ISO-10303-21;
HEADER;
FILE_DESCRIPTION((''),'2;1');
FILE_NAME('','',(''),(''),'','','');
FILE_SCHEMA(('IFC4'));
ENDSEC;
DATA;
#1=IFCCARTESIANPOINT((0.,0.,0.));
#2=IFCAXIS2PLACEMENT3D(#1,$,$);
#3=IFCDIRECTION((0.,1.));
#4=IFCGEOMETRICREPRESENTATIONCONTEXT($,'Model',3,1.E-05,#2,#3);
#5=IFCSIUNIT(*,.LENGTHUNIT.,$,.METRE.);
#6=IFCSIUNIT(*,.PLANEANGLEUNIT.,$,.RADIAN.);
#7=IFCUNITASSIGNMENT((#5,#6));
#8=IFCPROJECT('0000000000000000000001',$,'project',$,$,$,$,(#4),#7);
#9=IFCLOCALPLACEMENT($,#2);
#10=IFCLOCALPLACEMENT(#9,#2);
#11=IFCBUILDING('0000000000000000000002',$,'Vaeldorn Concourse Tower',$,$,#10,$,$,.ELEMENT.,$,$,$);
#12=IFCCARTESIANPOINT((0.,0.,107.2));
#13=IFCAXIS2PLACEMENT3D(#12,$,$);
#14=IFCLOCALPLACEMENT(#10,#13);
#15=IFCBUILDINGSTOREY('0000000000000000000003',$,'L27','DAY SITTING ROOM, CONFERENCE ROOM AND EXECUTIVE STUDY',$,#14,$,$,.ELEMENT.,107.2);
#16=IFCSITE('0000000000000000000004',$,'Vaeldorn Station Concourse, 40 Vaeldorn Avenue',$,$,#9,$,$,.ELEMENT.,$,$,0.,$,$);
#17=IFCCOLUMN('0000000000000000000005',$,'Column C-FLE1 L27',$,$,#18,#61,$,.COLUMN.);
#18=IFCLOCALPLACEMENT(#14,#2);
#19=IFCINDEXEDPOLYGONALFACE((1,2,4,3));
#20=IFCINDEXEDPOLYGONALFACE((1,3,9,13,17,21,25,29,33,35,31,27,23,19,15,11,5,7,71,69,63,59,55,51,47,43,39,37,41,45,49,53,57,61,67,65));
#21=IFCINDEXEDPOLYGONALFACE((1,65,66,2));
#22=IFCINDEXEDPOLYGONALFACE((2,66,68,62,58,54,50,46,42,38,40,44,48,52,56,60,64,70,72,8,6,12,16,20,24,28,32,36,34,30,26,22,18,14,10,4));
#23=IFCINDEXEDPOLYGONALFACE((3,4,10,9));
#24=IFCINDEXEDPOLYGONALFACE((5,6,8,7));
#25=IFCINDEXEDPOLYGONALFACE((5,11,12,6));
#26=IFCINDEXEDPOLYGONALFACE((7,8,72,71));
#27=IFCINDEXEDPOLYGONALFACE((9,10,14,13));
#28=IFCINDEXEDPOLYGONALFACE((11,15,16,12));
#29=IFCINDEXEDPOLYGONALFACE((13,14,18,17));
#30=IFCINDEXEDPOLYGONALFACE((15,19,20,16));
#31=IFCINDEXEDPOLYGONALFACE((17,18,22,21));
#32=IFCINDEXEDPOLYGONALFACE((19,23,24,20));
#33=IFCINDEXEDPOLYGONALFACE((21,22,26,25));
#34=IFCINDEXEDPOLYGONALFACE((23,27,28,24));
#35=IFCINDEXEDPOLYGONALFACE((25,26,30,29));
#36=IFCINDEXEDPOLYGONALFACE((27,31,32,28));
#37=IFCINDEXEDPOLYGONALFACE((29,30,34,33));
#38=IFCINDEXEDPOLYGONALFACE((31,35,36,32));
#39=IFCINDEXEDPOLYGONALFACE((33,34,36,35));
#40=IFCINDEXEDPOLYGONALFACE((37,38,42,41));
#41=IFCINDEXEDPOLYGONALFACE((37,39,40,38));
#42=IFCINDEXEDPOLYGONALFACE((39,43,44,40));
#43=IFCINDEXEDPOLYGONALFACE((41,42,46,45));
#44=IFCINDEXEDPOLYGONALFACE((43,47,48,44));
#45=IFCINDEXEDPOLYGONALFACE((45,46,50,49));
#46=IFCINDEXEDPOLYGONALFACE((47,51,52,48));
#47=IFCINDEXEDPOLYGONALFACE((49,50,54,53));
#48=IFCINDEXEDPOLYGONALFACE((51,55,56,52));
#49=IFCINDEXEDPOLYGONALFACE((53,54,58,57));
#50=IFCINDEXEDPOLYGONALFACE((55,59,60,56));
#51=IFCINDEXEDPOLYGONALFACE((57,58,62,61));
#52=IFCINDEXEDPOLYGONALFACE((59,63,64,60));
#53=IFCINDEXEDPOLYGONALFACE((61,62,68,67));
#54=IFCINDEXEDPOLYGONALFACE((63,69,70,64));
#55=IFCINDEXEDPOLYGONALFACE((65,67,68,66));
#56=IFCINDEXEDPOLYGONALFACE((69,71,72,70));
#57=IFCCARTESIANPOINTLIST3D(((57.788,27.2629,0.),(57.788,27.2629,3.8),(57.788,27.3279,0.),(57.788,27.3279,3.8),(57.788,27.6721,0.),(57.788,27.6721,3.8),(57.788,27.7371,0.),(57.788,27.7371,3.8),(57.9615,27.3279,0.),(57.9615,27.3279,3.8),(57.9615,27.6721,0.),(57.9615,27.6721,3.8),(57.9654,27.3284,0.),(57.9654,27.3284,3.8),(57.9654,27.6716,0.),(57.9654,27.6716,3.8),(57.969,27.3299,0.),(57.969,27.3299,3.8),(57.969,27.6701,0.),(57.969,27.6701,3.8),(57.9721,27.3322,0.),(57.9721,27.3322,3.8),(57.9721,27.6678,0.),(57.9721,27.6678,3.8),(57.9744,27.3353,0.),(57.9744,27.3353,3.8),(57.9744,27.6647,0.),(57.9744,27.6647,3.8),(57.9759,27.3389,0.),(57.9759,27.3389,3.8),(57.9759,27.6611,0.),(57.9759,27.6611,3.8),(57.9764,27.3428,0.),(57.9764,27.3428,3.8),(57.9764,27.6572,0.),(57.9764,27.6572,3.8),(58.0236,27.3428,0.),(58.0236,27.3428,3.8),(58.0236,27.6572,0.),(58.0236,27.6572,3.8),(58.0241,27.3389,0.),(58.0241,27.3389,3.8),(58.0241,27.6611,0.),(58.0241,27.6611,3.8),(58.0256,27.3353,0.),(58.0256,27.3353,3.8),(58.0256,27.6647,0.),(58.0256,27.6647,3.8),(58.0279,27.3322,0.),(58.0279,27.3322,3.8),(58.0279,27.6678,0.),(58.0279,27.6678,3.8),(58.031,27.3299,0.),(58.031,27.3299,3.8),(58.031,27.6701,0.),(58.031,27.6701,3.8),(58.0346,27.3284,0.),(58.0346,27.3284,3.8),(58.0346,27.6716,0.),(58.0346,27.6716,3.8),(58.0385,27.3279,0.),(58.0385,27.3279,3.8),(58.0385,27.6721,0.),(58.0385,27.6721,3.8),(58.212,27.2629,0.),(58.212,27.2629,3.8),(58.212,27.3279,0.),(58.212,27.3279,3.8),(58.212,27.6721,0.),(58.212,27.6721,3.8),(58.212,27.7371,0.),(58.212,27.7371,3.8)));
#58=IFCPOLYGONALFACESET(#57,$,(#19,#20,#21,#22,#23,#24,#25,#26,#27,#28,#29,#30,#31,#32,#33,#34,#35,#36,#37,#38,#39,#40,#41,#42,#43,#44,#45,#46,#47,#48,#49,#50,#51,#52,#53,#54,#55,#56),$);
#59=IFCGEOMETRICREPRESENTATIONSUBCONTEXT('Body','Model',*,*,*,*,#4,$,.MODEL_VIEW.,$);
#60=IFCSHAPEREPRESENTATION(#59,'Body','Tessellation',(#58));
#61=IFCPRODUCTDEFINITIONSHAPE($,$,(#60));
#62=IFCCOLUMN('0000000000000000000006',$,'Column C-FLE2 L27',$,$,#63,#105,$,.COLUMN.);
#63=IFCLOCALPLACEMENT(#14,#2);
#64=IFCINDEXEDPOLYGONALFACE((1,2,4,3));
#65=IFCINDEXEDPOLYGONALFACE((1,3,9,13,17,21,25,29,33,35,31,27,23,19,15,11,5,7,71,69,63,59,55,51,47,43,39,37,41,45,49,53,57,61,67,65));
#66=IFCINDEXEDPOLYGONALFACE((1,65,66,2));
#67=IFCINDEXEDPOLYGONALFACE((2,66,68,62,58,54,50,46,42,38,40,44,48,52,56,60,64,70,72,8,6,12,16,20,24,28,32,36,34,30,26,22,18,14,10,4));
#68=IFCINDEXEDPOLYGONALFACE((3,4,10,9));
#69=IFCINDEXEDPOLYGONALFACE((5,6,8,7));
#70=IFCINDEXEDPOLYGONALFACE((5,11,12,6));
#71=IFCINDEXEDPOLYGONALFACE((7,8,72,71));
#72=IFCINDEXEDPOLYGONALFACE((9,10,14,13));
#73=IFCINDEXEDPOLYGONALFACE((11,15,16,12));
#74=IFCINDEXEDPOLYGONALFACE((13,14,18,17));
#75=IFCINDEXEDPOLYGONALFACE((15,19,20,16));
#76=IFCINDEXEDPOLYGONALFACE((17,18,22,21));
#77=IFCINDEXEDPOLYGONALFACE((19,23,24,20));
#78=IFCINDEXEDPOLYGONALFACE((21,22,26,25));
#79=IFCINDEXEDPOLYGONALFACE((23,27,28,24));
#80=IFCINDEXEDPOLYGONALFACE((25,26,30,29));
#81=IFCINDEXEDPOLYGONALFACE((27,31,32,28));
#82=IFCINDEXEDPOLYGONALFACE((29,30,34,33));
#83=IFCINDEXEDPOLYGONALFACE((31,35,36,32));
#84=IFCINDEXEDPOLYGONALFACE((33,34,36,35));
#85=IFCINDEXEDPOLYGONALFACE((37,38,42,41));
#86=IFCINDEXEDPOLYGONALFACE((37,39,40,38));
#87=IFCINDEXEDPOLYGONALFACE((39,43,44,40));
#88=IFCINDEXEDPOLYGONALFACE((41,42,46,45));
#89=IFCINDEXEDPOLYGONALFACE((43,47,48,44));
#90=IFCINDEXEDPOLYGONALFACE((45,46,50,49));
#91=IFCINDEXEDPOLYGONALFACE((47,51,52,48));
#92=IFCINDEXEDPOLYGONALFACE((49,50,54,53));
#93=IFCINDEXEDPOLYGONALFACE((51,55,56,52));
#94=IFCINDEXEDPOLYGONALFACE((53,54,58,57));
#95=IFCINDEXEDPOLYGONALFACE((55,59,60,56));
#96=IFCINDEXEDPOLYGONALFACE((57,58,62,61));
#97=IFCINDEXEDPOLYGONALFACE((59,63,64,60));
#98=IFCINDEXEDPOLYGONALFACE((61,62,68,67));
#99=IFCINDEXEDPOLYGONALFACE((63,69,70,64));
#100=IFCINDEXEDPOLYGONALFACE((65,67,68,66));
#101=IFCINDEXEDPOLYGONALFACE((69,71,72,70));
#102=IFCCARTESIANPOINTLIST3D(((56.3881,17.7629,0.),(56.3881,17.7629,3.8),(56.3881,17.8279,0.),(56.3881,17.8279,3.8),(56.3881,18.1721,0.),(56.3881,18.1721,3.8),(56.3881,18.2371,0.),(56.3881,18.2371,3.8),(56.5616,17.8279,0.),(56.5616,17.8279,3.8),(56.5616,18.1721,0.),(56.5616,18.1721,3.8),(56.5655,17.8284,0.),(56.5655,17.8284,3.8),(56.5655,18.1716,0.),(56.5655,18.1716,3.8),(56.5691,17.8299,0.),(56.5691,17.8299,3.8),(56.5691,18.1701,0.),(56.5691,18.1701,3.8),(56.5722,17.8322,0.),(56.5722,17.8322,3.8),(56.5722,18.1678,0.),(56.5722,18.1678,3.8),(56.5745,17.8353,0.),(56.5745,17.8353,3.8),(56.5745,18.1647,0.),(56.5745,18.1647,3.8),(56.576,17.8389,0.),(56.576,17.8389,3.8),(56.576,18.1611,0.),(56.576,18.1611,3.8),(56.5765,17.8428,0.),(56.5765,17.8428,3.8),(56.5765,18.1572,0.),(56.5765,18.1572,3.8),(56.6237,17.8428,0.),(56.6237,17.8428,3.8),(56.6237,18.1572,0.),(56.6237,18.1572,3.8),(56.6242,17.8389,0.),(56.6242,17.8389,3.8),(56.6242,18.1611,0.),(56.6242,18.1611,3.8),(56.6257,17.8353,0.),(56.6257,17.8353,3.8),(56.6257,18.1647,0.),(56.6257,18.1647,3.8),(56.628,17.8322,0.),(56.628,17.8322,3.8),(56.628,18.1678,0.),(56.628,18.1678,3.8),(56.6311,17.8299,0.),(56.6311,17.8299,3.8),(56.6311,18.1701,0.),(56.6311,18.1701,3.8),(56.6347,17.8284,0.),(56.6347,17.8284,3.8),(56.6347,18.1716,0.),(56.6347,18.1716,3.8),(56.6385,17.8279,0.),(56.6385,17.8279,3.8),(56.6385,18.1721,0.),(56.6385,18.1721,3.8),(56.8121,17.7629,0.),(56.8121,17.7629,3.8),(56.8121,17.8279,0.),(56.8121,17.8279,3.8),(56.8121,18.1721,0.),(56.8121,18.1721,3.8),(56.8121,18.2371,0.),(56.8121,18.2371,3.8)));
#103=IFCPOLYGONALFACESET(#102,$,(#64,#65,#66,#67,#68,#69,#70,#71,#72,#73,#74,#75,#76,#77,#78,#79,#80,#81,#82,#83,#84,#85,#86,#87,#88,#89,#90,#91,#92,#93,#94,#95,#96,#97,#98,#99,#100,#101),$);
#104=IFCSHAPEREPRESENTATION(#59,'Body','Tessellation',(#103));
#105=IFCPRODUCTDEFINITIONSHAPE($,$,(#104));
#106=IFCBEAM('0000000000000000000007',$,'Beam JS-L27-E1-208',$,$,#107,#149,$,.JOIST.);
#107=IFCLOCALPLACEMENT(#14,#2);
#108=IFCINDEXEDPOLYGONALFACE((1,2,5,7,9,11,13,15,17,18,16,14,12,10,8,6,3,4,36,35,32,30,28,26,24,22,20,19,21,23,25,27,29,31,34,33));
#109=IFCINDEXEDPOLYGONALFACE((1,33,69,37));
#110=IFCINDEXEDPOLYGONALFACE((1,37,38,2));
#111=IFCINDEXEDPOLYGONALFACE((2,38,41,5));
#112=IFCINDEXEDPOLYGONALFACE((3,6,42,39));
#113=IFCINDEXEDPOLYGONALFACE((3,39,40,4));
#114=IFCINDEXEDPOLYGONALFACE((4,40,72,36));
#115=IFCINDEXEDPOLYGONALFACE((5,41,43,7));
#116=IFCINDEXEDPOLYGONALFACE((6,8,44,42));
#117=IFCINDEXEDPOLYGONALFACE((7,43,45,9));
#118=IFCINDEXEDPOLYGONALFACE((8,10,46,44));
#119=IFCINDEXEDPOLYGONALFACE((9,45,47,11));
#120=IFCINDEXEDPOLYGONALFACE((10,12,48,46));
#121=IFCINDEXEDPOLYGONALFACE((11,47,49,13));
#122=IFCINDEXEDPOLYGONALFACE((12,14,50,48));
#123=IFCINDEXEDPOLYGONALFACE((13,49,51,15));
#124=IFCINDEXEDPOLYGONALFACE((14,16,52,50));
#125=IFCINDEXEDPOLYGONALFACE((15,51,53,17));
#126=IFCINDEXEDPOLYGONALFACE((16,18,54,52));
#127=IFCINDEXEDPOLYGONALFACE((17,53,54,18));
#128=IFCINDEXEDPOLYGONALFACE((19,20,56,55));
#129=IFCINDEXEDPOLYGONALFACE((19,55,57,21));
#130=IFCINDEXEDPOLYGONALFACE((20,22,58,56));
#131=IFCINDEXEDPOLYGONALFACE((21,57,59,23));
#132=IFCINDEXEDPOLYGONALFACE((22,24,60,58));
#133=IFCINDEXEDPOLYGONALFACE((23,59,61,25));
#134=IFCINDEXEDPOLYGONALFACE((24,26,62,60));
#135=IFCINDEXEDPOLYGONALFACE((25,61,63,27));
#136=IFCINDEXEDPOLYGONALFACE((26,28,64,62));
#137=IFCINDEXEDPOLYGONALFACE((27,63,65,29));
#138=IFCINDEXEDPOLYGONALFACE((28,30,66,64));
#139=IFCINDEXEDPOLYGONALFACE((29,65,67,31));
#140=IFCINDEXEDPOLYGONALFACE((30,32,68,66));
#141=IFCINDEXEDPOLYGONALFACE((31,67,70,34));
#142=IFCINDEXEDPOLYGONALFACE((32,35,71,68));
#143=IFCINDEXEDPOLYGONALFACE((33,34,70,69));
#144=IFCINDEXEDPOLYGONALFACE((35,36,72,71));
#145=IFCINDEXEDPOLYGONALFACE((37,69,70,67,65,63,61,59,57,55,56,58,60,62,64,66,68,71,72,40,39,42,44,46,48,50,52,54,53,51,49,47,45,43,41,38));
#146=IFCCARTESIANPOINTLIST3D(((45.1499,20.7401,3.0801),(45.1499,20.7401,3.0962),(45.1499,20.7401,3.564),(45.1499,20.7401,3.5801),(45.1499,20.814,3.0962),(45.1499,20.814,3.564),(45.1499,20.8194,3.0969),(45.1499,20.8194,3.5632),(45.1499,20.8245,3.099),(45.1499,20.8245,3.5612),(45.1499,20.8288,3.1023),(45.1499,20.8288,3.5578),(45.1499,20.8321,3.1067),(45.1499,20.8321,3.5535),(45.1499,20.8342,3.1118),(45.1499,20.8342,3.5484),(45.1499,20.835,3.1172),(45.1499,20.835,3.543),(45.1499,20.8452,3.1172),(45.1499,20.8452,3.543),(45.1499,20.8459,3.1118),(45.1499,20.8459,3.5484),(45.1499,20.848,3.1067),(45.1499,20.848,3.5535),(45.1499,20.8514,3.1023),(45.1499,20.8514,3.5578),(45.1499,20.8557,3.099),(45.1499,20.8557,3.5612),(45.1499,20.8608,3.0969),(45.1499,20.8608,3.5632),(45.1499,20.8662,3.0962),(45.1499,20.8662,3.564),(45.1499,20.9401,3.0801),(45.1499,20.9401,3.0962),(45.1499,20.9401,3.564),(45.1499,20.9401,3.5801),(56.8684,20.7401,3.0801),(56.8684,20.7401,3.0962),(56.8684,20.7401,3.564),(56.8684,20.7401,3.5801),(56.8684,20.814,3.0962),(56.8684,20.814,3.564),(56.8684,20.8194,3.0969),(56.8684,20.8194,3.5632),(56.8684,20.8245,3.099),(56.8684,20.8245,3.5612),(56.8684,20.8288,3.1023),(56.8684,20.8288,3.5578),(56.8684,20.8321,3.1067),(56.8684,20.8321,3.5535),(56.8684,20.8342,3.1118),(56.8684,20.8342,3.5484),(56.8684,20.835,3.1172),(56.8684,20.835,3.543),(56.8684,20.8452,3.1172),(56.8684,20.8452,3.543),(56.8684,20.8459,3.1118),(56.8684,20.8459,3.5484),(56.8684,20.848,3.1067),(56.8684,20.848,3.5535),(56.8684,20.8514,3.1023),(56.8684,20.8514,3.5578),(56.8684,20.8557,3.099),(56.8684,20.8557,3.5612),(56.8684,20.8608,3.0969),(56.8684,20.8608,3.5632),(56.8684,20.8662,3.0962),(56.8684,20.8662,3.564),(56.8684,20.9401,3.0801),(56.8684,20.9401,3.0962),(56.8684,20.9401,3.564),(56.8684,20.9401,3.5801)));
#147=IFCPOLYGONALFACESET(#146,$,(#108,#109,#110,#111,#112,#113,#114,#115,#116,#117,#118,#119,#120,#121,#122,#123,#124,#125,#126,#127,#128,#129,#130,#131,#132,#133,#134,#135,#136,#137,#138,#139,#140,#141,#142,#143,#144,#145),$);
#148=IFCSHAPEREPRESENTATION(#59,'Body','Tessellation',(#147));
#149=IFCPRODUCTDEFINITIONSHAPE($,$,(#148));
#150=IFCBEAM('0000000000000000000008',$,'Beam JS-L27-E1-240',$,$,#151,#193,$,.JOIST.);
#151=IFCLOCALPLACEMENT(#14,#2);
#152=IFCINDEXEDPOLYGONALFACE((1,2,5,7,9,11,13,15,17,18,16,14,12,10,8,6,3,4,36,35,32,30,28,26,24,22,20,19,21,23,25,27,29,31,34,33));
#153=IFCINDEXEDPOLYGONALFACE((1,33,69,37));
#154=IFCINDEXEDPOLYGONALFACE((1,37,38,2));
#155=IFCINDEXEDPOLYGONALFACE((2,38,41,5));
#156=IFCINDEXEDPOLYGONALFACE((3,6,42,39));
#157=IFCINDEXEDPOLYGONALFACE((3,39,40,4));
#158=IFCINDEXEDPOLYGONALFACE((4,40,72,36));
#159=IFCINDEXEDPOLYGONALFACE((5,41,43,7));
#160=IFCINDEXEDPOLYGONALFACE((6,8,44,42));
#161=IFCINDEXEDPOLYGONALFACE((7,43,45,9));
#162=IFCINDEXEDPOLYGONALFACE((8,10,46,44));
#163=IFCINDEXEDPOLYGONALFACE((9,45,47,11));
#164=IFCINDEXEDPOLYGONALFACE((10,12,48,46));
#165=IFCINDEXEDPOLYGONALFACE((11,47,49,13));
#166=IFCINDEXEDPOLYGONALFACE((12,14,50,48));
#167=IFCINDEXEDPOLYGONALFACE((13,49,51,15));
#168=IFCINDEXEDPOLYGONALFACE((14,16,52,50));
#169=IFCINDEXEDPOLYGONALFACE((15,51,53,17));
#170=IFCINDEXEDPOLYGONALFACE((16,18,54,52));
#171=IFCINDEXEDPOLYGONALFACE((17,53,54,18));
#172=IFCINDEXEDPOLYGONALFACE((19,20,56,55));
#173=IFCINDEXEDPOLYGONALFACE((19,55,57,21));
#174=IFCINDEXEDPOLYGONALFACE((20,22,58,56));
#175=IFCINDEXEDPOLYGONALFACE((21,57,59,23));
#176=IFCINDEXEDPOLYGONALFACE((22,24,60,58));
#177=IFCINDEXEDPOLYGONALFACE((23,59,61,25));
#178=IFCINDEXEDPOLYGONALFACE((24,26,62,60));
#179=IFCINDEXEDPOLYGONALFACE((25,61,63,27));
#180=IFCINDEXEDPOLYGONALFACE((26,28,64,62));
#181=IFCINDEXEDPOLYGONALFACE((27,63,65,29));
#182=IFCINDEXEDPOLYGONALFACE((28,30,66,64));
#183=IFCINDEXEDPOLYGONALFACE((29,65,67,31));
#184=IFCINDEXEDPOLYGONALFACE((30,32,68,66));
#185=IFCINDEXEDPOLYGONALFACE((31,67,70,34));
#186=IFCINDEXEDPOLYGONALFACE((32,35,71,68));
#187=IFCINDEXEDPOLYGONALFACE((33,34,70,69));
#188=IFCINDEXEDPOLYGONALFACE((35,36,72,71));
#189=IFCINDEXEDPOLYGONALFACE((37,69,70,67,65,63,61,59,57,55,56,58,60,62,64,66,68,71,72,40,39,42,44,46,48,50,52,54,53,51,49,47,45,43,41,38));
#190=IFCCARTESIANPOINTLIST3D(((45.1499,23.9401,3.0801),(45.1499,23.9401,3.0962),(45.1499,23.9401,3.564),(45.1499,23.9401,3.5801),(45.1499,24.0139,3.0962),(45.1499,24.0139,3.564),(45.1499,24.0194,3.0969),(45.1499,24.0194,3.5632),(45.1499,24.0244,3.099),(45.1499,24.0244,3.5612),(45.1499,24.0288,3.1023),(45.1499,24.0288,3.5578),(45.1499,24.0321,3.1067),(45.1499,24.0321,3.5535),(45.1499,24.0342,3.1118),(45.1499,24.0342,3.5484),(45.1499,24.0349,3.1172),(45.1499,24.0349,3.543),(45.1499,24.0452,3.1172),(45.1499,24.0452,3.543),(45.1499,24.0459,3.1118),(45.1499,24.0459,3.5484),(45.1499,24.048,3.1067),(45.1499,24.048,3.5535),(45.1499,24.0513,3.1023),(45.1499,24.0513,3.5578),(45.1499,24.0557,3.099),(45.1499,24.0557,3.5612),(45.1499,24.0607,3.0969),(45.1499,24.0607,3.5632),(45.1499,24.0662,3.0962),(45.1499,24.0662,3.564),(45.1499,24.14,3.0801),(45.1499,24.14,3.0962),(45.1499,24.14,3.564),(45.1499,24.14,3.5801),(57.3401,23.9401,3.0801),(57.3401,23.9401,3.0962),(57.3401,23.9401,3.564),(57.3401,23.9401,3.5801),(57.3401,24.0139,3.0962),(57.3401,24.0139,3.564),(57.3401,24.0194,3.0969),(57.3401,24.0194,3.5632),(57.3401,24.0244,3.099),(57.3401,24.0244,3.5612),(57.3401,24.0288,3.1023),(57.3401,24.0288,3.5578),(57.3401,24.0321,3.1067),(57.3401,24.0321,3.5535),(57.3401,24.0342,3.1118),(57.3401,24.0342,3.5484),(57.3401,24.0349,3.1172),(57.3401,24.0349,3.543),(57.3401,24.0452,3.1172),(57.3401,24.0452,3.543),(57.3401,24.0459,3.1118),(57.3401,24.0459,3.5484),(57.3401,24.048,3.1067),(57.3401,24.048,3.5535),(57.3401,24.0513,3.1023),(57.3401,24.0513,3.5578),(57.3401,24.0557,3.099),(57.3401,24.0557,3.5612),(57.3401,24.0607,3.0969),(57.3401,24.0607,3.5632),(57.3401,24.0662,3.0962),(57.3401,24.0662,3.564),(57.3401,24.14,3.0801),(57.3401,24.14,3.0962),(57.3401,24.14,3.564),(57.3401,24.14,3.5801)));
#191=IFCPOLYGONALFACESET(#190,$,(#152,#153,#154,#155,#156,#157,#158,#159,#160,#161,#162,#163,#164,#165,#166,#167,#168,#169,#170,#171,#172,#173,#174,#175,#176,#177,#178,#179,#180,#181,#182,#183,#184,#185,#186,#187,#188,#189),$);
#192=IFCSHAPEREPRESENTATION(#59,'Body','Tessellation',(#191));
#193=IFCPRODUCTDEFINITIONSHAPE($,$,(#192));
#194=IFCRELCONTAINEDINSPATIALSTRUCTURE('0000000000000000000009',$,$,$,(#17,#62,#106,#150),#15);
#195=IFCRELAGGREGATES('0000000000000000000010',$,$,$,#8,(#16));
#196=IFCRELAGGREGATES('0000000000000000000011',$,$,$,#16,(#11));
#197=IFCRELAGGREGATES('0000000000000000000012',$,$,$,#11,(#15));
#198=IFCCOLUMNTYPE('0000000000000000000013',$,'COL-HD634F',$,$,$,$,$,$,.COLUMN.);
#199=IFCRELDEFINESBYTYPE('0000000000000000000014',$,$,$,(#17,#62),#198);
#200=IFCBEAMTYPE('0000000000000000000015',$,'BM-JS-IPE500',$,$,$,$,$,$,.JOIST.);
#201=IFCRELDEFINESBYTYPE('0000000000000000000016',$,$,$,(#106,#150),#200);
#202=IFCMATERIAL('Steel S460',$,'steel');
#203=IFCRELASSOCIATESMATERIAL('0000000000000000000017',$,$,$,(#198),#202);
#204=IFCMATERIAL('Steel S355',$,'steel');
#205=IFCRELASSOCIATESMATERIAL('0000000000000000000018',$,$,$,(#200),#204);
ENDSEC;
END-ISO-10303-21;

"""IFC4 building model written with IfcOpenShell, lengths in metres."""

from ifc_helpers import new_model, si_unit, direction, frame, origin, origin_2d, place, context, subcontext, project, spatial, i_section, extrude, source, transform, mapped, material, material_profile, profile_set, type_object, element, save


model = new_model("IFC4")

# Units and contexts
model_context = context("Model", 3, precision=1e-05, world=origin(), true_north=direction((0.0, 1.0)))
body_context = subcontext(model_context, "Body", "Model", "MODEL_VIEW")
ifc_project = project(units=[si_unit("LENGTHUNIT", "METRE"), si_unit("PLANEANGLEUNIT", "RADIAN")], contexts=[model_context])

# Site, building, storey
site_placement = place(None, origin())
site = spatial("IfcSite", under=ifc_project, at=site_placement, Name="Vaeldorn Station Concourse, 40 Vaeldorn Avenue", CompositionType="ELEMENT", RefElevation=0.0)
building_placement = place(site_placement, origin())
building = spatial("IfcBuilding", under=site, at=building_placement, Name="Vaeldorn Concourse Tower", CompositionType="ELEMENT")
storey_placement = place(building_placement, frame((0.0, 0.0, 107.2)))
storey = spatial("IfcBuildingStorey", under=building, at=storey_placement, Name="L27", Description="DAY SITTING ROOM, CONFERENCE ROOM AND EXECUTIVE STUDY", CompositionType="ELEMENT", Elevation=107.2)

# Columns
ifc_material_1 = material(Name="Steel S460", Category="steel")
ifc_material_profile_1 = material_profile(ifc_material_1, i_section(OverallWidth=0.4241, OverallDepth=0.4741, WebThickness=0.0471, FlangeThickness=0.0649, FilletRadius=0.0149, at=origin_2d()), Name="HD 400x634")
ifc_profile_set_1 = profile_set([ifc_material_profile_1], Name="Steel S460")
column_type = type_object("IfcColumnType", Name="COL-HD634F", PredefinedType="COLUMN", material=ifc_profile_set_1)
shared_shape_1 = source(origin(), body_context, "Body", "SweptSolid", [
    extrude(i_section(OverallWidth=0.4241, OverallDepth=0.4741, WebThickness=0.0471, FlangeThickness=0.0649, FilletRadius=0.0149, at=origin_2d()), origin(), (0.0, 0.0, 1.0), 3.8),
])
for number, where, z_axis, x_axis, name in (
    (1, (58.0, 27.5, 0.0), (0.0, 0.0, 1.0), (1.0, 0.0, 0.0), "Column C-FLE1 L27"),
    (2, (56.6001, 18.0, 0.0), (0.0, 0.0, 1.0), (1.0, 0.0, 0.0), "Column C-FLE2 L27"),
):
    element("IfcColumn", number, at=place(storey_placement, frame(where, z_axis=z_axis, x_axis=x_axis)), inside=storey, type_object=column_type, Name=name, PredefinedType="COLUMN", context=body_context, shape_type="MappedRepresentation", body=[
        mapped(shared_shape_1, transform((0.0, 0.0, 0.0), scale=1.0)),
    ])

# Beams
ifc_material_2 = material(Name="Steel S355", Category="steel")
ifc_material_profile_2 = material_profile(ifc_material_2, i_section(OverallWidth=0.2, OverallDepth=0.5, WebThickness=0.0103, FlangeThickness=0.0161, FilletRadius=0.021, at=origin_2d()), Name="IPE 500")
ifc_profile_set_2 = profile_set([ifc_material_profile_2], Name="Steel S355")
beam_type_1 = type_object("IfcBeamType", Name="BM-JS-IPE500", PredefinedType="JOIST", material=ifc_profile_set_2)
shared_shape_2 = source(origin(), body_context, "Body", "SweptSolid", [
    extrude(i_section(OverallWidth=0.2, OverallDepth=0.5, WebThickness=0.0103, FlangeThickness=0.0161, FilletRadius=0.021, at=origin_2d()), origin(), (0.0, 0.0, 1.0), 11.7185),
])
beam_1_placement = place(storey_placement, frame((45.1499, 20.8401, 3.3301), z_axis=(1.0, 0.0, 0.0), x_axis=(0.0, 1.0, 0.0)))
element("IfcBeam", 3, at=beam_1_placement, inside=storey, type_object=beam_type_1, Name="Beam JS-L27-E1-208", PredefinedType="JOIST", context=body_context, shape_type="MappedRepresentation", body=[
    mapped(shared_shape_2, transform((0.0, 0.0, 0.0), scale=1.0)),
])
shared_shape_3 = source(origin(), body_context, "Body", "SweptSolid", [
    extrude(i_section(OverallWidth=0.2, OverallDepth=0.5, WebThickness=0.0103, FlangeThickness=0.0161, FilletRadius=0.021, at=origin_2d()), origin(), (0.0, 0.0, 1.0), 12.1902),
])
beam_2_placement = place(storey_placement, frame((45.1499, 24.04, 3.3301), z_axis=(1.0, 0.0, 0.0), x_axis=(0.0, 1.0, 0.0)))
element("IfcBeam", 4, at=beam_2_placement, inside=storey, type_object=beam_type_1, Name="Beam JS-L27-E1-240", PredefinedType="JOIST", context=body_context, shape_type="MappedRepresentation", body=[
    mapped(shared_shape_3, transform((0.0, 0.0, 0.0), scale=1.0)),
])

save(model, "model.ifc")
